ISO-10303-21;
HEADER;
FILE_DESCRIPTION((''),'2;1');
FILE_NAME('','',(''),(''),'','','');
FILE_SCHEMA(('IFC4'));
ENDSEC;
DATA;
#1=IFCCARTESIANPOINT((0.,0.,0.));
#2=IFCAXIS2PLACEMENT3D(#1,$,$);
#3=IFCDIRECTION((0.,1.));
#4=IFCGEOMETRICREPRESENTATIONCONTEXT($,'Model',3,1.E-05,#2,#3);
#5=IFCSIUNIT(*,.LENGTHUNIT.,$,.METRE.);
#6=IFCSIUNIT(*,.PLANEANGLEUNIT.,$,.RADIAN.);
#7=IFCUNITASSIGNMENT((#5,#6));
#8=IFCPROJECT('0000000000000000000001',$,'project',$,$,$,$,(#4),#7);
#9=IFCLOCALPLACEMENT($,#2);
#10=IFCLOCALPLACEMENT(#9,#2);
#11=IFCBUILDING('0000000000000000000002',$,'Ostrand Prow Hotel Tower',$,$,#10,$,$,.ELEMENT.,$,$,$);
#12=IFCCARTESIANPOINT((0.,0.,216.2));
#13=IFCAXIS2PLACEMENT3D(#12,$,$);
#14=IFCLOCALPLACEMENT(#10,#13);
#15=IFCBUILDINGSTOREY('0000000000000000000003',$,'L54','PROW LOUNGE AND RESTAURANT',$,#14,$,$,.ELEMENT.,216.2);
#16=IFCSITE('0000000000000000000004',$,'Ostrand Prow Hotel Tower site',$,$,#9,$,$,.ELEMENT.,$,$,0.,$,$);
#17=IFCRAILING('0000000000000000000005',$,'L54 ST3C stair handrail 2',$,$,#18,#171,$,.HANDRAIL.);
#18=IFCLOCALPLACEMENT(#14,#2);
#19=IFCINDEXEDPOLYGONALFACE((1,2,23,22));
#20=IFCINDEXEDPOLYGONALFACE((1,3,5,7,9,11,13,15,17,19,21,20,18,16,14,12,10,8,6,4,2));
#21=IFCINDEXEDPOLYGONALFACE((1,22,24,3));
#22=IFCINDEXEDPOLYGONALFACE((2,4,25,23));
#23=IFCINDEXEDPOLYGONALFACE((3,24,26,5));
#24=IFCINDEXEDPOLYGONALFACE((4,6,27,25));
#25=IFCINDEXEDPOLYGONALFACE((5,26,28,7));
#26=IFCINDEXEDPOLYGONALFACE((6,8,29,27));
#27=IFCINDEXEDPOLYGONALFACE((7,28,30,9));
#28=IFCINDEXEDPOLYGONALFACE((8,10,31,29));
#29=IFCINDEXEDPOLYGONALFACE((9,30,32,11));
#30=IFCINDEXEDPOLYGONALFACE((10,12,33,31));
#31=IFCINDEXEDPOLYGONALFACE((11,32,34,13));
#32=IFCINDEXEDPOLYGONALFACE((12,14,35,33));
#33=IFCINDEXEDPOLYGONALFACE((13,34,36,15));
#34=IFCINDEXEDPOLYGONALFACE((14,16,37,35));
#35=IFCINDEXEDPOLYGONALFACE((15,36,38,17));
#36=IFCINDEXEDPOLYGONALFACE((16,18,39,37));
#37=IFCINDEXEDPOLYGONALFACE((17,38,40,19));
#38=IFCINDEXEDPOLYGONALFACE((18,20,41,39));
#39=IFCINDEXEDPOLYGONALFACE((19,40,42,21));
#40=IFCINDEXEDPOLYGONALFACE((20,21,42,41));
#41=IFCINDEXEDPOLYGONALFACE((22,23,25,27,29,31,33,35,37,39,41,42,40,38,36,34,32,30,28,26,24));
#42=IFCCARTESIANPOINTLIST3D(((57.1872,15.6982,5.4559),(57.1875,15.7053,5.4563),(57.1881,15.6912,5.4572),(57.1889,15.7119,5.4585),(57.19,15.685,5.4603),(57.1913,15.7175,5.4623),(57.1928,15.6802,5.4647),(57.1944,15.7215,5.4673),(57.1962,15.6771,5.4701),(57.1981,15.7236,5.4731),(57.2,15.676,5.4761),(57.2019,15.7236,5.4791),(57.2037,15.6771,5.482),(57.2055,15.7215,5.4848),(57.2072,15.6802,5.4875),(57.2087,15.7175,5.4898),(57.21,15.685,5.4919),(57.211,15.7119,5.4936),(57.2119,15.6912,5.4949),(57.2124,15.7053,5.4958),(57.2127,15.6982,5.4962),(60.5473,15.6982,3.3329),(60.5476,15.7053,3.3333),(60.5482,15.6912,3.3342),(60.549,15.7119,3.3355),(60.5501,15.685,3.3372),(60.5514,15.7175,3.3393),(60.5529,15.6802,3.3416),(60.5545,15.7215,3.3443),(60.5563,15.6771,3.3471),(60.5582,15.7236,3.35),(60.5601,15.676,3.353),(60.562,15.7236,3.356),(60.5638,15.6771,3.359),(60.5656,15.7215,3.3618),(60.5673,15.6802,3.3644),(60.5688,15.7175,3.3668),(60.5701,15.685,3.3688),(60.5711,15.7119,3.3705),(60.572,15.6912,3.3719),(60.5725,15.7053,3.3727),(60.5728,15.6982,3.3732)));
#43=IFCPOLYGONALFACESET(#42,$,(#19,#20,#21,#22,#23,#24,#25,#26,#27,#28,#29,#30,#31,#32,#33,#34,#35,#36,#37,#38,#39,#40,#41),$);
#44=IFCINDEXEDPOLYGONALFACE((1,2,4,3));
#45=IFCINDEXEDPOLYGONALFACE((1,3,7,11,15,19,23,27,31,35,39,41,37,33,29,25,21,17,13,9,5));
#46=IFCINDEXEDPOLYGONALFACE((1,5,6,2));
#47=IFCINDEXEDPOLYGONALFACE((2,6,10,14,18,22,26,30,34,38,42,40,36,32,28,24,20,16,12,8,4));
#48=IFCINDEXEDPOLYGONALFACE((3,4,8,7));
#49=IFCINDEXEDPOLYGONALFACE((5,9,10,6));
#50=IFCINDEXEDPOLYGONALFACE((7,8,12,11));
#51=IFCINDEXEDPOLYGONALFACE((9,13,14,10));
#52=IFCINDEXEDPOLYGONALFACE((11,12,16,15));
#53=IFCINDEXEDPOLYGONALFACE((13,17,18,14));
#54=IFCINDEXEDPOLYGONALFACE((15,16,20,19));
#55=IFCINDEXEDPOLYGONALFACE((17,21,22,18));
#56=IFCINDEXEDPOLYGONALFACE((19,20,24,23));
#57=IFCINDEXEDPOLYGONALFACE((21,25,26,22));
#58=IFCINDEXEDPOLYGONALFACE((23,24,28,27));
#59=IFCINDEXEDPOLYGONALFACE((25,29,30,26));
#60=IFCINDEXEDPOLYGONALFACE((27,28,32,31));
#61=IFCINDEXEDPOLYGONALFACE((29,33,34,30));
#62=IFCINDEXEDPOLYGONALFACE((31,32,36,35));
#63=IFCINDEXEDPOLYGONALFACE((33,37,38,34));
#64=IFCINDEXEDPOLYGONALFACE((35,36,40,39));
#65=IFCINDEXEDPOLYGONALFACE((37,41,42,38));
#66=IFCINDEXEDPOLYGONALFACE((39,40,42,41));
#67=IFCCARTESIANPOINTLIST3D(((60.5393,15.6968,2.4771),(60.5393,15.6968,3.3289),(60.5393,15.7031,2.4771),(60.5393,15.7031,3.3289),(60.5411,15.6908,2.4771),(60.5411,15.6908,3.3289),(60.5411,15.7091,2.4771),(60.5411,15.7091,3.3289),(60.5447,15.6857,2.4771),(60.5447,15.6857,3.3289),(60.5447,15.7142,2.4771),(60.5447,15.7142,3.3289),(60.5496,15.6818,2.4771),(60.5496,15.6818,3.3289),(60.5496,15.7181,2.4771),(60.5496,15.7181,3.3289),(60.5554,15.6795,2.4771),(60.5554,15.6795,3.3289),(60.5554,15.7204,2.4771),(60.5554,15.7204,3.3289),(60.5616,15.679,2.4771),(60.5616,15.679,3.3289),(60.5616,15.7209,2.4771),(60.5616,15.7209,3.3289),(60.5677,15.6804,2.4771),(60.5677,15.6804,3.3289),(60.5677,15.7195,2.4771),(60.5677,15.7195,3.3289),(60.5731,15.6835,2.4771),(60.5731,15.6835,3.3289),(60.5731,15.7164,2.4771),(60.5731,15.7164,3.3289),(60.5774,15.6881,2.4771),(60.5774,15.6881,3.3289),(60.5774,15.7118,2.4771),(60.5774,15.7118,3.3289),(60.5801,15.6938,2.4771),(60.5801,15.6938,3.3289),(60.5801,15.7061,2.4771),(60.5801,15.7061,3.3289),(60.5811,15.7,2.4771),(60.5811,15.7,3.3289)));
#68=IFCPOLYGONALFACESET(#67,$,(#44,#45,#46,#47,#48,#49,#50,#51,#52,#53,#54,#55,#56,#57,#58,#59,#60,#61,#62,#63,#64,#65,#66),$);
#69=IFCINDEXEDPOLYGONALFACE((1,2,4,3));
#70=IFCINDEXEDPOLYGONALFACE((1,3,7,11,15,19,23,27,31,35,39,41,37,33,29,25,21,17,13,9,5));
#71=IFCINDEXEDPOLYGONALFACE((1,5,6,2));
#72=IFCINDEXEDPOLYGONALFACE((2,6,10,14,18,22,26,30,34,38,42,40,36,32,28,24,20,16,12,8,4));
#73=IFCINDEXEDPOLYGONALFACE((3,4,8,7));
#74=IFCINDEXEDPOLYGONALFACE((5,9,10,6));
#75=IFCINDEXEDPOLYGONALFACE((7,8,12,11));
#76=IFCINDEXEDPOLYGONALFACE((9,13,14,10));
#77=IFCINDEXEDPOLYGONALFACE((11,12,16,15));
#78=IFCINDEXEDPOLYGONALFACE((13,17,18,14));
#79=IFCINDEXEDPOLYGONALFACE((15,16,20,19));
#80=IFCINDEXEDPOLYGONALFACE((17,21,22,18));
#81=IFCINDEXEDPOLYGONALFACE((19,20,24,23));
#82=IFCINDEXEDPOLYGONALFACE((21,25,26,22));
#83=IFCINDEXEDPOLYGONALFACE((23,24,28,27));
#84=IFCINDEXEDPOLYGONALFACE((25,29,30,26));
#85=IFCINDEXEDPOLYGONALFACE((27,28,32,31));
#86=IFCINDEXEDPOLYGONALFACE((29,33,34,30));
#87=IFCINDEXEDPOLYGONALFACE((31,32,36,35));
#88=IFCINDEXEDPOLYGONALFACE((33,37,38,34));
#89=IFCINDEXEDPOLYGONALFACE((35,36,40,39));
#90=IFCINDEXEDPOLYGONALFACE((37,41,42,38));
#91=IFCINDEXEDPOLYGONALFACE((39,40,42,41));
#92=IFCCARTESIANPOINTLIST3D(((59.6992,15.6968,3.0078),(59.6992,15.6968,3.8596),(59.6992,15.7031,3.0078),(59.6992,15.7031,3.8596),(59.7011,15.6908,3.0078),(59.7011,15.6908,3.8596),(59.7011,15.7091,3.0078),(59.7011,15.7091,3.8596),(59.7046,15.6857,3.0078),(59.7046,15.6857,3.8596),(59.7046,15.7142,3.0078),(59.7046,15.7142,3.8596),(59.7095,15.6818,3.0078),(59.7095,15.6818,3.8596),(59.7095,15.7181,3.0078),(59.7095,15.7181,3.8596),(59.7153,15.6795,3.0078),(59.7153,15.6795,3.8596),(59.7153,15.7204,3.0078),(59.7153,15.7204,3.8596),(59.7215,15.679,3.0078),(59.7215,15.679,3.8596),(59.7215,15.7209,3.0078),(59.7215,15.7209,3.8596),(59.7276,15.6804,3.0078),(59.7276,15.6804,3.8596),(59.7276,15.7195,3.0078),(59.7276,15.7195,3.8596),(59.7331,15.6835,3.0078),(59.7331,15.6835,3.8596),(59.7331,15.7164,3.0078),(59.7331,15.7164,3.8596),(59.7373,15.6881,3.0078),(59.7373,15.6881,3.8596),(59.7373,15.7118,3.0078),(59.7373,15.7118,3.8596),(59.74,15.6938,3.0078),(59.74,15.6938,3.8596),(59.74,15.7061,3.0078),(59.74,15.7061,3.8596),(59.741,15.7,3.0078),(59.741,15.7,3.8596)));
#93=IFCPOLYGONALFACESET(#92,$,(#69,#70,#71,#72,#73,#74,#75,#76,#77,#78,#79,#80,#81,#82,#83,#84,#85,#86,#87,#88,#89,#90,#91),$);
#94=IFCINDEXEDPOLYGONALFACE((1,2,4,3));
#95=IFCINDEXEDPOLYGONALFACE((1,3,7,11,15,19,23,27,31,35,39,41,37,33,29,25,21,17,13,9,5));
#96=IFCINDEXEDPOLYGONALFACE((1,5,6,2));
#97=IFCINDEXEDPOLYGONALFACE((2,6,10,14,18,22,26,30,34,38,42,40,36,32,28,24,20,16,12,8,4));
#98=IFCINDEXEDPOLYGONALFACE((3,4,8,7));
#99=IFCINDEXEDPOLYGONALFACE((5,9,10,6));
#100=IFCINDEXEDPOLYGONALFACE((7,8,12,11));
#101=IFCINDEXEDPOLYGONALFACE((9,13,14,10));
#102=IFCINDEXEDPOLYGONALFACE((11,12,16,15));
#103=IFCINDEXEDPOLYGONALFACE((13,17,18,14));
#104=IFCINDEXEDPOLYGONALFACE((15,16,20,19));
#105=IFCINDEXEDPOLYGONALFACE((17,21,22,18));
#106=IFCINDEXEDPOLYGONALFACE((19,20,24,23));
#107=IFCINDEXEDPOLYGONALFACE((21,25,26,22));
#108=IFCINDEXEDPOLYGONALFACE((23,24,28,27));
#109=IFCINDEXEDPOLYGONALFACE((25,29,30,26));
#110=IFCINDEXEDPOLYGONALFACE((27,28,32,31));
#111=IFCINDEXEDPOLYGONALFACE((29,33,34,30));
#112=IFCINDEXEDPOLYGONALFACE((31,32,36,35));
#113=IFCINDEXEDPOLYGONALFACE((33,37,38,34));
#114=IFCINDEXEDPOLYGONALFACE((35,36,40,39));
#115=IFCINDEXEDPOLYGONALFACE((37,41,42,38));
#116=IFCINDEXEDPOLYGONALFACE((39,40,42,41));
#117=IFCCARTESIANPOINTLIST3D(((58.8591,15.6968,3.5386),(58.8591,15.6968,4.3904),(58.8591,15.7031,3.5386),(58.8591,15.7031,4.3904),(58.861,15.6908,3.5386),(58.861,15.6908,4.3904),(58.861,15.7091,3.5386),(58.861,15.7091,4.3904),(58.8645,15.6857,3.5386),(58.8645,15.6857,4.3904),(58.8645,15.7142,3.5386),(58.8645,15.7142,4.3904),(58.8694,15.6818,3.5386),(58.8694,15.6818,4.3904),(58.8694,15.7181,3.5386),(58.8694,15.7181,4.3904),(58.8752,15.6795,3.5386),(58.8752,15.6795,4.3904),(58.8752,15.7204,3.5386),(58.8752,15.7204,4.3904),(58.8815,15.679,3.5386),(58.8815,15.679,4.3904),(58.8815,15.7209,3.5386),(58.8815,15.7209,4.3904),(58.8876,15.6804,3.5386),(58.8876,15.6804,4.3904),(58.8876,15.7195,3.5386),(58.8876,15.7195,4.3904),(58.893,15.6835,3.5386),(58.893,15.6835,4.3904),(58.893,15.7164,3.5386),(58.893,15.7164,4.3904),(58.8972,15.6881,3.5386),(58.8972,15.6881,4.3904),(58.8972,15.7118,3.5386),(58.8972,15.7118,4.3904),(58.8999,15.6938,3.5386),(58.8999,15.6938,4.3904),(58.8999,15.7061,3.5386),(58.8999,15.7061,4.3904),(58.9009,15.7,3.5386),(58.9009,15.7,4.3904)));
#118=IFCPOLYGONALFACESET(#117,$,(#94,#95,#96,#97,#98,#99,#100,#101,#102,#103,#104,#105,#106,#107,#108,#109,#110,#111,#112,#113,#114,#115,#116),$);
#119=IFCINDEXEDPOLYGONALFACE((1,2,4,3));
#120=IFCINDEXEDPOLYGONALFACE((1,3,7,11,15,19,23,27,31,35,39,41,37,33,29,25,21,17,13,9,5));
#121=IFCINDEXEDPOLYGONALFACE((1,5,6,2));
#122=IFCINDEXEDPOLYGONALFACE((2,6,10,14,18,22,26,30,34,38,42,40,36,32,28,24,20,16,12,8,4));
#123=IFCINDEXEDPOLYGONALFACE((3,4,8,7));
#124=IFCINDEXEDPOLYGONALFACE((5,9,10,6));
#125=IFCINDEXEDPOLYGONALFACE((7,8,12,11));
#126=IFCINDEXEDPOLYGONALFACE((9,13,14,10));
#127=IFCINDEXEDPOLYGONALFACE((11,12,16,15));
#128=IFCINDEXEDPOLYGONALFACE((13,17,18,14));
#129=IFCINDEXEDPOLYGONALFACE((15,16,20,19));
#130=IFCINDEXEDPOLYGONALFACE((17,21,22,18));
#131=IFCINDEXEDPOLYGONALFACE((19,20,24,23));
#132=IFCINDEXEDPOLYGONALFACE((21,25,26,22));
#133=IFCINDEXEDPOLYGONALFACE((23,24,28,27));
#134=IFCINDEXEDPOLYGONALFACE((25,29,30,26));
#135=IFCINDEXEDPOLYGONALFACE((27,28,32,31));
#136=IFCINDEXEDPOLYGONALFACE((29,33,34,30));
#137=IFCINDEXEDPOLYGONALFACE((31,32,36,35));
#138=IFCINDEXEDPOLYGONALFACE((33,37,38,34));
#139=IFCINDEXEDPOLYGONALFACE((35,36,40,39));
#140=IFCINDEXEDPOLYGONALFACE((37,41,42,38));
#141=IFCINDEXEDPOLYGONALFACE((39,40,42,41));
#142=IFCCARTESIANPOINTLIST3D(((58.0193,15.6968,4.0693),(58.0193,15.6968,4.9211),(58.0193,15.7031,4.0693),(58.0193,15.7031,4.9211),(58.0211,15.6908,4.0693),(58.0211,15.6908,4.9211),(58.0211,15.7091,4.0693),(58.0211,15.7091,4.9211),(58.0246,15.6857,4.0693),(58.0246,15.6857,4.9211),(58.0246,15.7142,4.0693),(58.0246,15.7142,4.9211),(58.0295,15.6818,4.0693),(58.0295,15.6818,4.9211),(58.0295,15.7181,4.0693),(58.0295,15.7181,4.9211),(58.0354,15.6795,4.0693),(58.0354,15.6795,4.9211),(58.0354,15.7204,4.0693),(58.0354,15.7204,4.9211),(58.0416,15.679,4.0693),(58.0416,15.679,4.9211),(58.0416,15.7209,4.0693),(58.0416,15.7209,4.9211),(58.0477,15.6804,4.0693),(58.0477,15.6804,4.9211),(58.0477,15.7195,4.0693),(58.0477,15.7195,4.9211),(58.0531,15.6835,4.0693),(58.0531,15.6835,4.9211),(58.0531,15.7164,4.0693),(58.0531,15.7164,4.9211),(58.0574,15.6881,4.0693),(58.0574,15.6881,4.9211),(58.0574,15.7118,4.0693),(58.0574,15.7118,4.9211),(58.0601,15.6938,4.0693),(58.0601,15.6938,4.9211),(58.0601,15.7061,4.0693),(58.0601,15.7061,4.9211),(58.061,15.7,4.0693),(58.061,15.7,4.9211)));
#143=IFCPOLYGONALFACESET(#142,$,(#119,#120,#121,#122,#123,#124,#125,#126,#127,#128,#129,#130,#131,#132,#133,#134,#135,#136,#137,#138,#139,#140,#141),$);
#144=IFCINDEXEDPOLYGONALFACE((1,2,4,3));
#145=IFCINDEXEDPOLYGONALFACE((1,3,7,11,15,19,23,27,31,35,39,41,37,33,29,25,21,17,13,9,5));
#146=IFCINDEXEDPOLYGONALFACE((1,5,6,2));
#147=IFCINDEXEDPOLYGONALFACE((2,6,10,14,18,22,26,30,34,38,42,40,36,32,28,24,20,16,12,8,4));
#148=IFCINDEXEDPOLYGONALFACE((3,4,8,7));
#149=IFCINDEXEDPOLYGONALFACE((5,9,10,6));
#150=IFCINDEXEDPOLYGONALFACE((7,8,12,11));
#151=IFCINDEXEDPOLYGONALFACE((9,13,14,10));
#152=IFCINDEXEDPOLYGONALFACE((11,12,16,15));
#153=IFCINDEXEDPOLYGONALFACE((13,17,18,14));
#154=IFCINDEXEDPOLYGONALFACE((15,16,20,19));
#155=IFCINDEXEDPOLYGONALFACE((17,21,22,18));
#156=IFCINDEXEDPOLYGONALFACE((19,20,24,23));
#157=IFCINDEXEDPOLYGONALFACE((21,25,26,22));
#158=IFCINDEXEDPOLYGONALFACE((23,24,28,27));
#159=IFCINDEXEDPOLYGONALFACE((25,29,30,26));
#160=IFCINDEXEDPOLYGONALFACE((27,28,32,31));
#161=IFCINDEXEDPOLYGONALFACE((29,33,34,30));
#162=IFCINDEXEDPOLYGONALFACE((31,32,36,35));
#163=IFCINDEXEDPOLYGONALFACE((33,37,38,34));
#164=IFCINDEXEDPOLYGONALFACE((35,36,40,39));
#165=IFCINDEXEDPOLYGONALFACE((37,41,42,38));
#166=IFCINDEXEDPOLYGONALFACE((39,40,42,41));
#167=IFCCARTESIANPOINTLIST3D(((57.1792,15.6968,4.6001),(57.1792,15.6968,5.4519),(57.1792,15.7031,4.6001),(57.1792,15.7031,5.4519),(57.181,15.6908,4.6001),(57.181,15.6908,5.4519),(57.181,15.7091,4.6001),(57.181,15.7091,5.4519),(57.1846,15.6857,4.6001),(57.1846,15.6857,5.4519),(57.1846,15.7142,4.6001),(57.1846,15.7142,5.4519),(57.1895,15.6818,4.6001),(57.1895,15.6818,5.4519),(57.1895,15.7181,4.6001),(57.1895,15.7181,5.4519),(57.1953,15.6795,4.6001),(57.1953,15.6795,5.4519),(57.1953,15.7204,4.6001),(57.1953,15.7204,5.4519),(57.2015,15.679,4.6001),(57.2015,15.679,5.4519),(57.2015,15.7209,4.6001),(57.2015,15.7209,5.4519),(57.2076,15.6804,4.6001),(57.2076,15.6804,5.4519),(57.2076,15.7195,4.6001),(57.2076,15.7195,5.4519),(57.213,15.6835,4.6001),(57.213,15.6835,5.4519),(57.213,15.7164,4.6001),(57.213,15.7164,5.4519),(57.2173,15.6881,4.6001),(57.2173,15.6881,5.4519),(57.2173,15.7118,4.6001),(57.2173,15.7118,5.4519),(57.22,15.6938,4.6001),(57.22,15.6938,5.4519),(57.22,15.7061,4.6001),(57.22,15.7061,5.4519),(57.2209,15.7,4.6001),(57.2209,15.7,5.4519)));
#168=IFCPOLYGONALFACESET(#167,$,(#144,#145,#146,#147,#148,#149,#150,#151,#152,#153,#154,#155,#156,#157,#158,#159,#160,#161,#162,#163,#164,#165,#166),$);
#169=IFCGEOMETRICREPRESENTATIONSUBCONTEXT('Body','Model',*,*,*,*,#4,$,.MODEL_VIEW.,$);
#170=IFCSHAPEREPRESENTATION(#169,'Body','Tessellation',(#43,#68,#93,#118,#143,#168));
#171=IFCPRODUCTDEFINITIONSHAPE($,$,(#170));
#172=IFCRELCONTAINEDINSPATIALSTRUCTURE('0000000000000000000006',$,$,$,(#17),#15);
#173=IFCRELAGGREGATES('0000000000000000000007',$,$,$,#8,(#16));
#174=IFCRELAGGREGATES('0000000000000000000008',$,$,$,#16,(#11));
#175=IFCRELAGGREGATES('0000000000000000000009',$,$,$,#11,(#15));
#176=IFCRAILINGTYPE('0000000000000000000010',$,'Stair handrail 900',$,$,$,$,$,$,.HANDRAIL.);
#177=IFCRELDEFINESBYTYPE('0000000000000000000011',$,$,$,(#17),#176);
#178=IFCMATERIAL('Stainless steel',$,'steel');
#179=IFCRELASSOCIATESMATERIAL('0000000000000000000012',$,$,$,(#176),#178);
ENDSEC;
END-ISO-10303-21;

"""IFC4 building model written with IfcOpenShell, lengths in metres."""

from ifc_helpers import new_model, si_unit, direction, frame, origin, origin_2d, place, context, subcontext, project, spatial, circle, extrude, material, type_object, element, save


model = new_model("IFC4")

# Units and contexts
model_context = context("Model", 3, precision=1e-05, world=origin(), true_north=direction((0.0, 1.0)))
body_context = subcontext(model_context, "Body", "Model", "MODEL_VIEW")
ifc_project = project(units=[si_unit("LENGTHUNIT", "METRE"), si_unit("PLANEANGLEUNIT", "RADIAN")], contexts=[model_context])

# Site, building, storey
site_placement = place(None, origin())
site = spatial("IfcSite", under=ifc_project, at=site_placement, Name="Ostrand Prow Hotel Tower site", CompositionType="ELEMENT", RefElevation=0.0)
building_placement = place(site_placement, origin())
building = spatial("IfcBuilding", under=site, at=building_placement, Name="Ostrand Prow Hotel Tower", CompositionType="ELEMENT")
storey_placement = place(building_placement, frame((0.0, 0.0, 216.2)))
storey = spatial("IfcBuildingStorey", under=building, at=storey_placement, Name="L54", Description="PROW LOUNGE AND RESTAURANT", CompositionType="ELEMENT", Elevation=216.2)

# Railing
ifc_material_1 = material(Name="Stainless steel", Category="steel")
railing_type_1 = type_object("IfcRailingType", Name="Stair handrail 900", PredefinedType="HANDRAIL", material=ifc_material_1)
railing_1_placement = place(storey_placement, frame((60.5601, 15.7, 2.4771)))
element("IfcRailing", 1, at=railing_1_placement, inside=storey, type_object=railing_type_1, Name="L54 ST3C stair handrail 2", PredefinedType="HANDRAIL", context=body_context, shape_type="SweptSolid", body=[
    extrude(circle(Radius=0.0239, at=origin_2d()), frame((0.0, 0.0, 0.876), z_axis=(-0.84539, 0.0, 0.53415), x_axis=(0.0, -1.0, 0.0)), (0.0, 0.0, 1.0), 3.9746),
    extrude(circle(Radius=0.021, at=origin_2d()), origin(), (0.0, 0.0, 1.0), 0.8518),
    extrude(circle(Radius=0.021, at=origin_2d()), frame((-0.8401, 0.0, 0.5308)), (0.0, 0.0, 1.0), 0.8518),
    extrude(circle(Radius=0.021, at=origin_2d()), frame((-1.6802, 0.0, 1.0615)), (0.0, 0.0, 1.0), 0.8518),
    extrude(circle(Radius=0.021, at=origin_2d()), frame((-2.52, 0.0, 1.5923)), (0.0, 0.0, 1.0), 0.8518),
    extrude(circle(Radius=0.021, at=origin_2d()), frame((-3.3601, 0.0, 2.123)), (0.0, 0.0, 1.0), 0.8518),
])

save(model, "model.ifc")
